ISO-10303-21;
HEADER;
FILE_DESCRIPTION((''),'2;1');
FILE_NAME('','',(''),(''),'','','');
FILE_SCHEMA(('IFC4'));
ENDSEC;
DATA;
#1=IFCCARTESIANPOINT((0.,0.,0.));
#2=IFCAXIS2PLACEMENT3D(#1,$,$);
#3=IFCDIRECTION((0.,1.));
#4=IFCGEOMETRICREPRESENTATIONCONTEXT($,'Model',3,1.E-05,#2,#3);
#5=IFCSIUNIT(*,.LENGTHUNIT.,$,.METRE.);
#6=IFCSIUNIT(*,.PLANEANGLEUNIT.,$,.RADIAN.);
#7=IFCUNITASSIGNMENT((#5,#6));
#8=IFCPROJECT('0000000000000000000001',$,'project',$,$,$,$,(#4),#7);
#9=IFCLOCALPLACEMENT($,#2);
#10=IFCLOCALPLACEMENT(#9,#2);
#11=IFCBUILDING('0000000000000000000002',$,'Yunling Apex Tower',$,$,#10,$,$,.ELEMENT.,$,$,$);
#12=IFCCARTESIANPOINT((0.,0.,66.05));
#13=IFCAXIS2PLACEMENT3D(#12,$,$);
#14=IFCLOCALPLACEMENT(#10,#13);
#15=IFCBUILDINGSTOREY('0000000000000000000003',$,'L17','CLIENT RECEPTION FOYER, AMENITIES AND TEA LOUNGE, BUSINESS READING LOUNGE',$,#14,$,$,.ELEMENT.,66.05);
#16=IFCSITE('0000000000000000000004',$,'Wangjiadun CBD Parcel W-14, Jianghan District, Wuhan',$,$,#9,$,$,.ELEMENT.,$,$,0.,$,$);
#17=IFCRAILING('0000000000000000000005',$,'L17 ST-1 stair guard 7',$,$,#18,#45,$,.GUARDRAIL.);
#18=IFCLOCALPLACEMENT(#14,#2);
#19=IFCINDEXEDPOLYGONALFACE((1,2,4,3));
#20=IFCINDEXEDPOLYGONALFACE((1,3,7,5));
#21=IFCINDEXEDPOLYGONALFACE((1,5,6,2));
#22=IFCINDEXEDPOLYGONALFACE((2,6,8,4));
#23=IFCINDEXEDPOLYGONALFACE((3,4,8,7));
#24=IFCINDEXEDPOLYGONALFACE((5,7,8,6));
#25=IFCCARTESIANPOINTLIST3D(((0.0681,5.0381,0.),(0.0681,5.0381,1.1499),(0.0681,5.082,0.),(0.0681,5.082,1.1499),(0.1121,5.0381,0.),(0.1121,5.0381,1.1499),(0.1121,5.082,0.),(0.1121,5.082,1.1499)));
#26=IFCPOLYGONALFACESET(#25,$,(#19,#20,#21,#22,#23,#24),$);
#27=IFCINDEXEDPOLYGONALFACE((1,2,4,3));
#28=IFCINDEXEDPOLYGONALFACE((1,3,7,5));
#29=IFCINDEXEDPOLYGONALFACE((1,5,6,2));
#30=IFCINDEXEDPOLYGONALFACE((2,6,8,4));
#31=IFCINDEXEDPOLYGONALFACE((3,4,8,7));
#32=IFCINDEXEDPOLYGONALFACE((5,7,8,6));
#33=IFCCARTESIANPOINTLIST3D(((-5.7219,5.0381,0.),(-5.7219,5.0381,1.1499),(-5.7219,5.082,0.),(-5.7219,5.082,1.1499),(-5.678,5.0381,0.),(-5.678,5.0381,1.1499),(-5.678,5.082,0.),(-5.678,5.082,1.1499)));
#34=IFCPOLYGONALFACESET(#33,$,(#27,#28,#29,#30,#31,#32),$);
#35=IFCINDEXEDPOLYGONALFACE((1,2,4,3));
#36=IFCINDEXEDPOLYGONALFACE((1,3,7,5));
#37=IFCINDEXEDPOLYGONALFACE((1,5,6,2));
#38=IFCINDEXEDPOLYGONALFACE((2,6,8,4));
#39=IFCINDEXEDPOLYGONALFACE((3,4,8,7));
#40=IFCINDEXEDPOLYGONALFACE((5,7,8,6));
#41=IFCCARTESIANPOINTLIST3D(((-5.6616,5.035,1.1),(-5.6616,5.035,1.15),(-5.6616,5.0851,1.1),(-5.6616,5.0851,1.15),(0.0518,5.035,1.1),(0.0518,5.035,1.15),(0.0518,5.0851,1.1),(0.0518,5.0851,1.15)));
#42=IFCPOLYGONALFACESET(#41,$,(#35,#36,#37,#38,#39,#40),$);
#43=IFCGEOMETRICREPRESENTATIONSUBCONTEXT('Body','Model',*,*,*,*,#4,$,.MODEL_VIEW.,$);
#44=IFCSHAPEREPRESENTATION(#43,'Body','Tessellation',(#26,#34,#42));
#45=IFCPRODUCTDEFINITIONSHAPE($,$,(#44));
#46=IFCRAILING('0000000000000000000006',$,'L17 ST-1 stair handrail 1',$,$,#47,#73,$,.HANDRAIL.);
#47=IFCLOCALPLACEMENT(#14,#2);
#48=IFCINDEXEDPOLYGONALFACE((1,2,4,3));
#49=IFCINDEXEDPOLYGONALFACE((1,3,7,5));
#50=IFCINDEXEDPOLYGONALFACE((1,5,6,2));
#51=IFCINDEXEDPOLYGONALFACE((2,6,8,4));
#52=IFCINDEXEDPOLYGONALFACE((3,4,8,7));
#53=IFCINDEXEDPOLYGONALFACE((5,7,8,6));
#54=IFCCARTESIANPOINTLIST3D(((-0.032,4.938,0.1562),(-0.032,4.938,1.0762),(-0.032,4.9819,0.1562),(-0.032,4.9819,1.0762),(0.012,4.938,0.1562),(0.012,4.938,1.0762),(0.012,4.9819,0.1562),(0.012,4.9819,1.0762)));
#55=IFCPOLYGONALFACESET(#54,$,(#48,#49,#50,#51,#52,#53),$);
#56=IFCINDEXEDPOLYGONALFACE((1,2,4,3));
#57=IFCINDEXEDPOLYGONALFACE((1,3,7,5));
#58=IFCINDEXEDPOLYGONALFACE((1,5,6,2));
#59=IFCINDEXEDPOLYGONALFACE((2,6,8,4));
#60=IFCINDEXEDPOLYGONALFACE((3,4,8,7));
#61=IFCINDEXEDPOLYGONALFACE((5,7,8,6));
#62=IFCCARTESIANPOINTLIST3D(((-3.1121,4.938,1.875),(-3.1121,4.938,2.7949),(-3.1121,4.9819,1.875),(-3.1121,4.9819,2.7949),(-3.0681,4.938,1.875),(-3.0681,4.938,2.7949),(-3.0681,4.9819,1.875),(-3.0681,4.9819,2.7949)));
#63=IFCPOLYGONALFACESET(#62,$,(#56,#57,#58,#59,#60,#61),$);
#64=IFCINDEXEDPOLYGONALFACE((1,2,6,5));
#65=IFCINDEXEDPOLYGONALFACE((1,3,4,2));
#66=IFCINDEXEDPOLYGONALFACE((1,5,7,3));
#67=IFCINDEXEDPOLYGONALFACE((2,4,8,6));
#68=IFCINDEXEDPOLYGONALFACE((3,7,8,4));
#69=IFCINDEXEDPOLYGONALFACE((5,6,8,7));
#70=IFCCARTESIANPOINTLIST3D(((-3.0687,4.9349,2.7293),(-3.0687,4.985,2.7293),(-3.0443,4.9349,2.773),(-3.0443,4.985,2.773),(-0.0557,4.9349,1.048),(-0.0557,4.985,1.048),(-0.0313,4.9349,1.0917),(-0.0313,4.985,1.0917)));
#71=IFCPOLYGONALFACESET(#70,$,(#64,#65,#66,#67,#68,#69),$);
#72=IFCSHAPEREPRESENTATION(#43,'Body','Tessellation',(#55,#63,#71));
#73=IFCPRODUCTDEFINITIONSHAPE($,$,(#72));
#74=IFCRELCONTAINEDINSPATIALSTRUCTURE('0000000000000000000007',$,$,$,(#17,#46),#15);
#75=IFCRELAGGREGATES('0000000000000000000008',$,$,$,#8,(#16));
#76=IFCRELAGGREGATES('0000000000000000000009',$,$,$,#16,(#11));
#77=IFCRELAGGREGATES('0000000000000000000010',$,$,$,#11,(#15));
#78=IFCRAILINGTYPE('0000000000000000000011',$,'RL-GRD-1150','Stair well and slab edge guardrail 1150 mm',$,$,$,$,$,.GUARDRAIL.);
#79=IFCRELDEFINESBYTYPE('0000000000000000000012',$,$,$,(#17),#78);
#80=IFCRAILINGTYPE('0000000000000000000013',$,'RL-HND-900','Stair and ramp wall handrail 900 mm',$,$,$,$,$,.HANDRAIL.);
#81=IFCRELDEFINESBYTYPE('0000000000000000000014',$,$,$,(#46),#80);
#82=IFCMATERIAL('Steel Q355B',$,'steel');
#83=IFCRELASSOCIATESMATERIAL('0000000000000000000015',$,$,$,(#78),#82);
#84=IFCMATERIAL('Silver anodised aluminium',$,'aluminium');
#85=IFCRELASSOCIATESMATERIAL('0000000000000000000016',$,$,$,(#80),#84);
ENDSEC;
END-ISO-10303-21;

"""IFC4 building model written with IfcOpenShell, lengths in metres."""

from ifc_helpers import new_model, si_unit, direction, frame, origin, origin_2d, place, context, subcontext, project, spatial, rectangle, extrude, material, type_object, element, save


model = new_model("IFC4")

# Units and contexts
model_context = context("Model", 3, precision=1e-05, world=origin(), true_north=direction((0.0, 1.0)))
body_context = subcontext(model_context, "Body", "Model", "MODEL_VIEW")
ifc_project = project(units=[si_unit("LENGTHUNIT", "METRE"), si_unit("PLANEANGLEUNIT", "RADIAN")], contexts=[model_context])

# Site, building, storey
site_placement = place(None, origin())
site = spatial("IfcSite", under=ifc_project, at=site_placement, Name="Wangjiadun CBD Parcel W-14, Jianghan District, Wuhan", CompositionType="ELEMENT", RefElevation=0.0)
building_placement = place(site_placement, origin())
building = spatial("IfcBuilding", under=site, at=building_placement, Name="Yunling Apex Tower", CompositionType="ELEMENT")
storey_placement = place(building_placement, frame((0.0, 0.0, 66.05)))
storey = spatial("IfcBuildingStorey", under=building, at=storey_placement, Name="L17", Description="CLIENT RECEPTION FOYER, AMENITIES AND TEA LOUNGE, BUSINESS READING LOUNGE", CompositionType="ELEMENT", Elevation=66.05)

# Shared definitions
ifc_material_1 = material(Name="Steel Q355B", Category="steel")

# Railings
railing_type_1 = type_object("IfcRailingType", Name="RL-GRD-1150", Description="Stair well and slab edge guardrail 1150 mm", PredefinedType="GUARDRAIL", material=ifc_material_1)
railing_1_placement = place(storey_placement, frame((0.0901, 5.0601, 0.0)))
element("IfcRailing", 1, at=railing_1_placement, inside=storey, type_object=railing_type_1, Name="L17 ST-1 stair guard 7", PredefinedType="GUARDRAIL", context=body_context, shape_type="SweptSolid", body=[
    extrude(rectangle(XDim=0.0439, YDim=0.0439, at=origin_2d()), origin(), (0.0, 0.0, 1.0), 1.1499),
    extrude(rectangle(XDim=0.0439, YDim=0.0439, at=origin_2d()), frame((-5.79, 0.0, 0.0)), (0.0, 0.0, 1.0), 1.1499),
    extrude(rectangle(XDim=0.05, YDim=0.05, at=origin_2d()), frame((-0.0383, 0.0, 1.125), z_axis=(-1.0, 0.0, 0.0), x_axis=(0.0, -1.0, 0.0)), (0.0, 0.0, 1.0), 5.7134),
])
ifc_material_2 = material(Name="Silver anodised aluminium", Category="aluminium")
railing_type_2 = type_object("IfcRailingType", Name="RL-HND-900", Description="Stair and ramp wall handrail 900 mm", PredefinedType="HANDRAIL", material=ifc_material_2)
railing_2_placement = place(storey_placement, frame((-0.01, 4.96, 0.1562)))
element("IfcRailing", 2, at=railing_2_placement, inside=storey, type_object=railing_type_2, Name="L17 ST-1 stair handrail 1", PredefinedType="HANDRAIL", context=body_context, shape_type="SweptSolid", body=[
    extrude(rectangle(XDim=0.0439, YDim=0.0439, at=origin_2d()), origin(), (0.0, 0.0, 1.0), 0.9199),
    extrude(rectangle(XDim=0.0439, YDim=0.0439, at=origin_2d()), frame((-3.0801, 0.0, 1.7188)), (0.0, 0.0, 1.0), 0.9199),
    extrude(rectangle(XDim=0.05, YDim=0.05, at=origin_2d()), frame((-0.0334, 0.0, 0.9136), z_axis=(-0.873242, 0.0, 0.487288), x_axis=(0.0, -1.0, 0.0)), (0.0, 0.0, 1.0), 3.4504),
])

save(model, "model.ifc")
